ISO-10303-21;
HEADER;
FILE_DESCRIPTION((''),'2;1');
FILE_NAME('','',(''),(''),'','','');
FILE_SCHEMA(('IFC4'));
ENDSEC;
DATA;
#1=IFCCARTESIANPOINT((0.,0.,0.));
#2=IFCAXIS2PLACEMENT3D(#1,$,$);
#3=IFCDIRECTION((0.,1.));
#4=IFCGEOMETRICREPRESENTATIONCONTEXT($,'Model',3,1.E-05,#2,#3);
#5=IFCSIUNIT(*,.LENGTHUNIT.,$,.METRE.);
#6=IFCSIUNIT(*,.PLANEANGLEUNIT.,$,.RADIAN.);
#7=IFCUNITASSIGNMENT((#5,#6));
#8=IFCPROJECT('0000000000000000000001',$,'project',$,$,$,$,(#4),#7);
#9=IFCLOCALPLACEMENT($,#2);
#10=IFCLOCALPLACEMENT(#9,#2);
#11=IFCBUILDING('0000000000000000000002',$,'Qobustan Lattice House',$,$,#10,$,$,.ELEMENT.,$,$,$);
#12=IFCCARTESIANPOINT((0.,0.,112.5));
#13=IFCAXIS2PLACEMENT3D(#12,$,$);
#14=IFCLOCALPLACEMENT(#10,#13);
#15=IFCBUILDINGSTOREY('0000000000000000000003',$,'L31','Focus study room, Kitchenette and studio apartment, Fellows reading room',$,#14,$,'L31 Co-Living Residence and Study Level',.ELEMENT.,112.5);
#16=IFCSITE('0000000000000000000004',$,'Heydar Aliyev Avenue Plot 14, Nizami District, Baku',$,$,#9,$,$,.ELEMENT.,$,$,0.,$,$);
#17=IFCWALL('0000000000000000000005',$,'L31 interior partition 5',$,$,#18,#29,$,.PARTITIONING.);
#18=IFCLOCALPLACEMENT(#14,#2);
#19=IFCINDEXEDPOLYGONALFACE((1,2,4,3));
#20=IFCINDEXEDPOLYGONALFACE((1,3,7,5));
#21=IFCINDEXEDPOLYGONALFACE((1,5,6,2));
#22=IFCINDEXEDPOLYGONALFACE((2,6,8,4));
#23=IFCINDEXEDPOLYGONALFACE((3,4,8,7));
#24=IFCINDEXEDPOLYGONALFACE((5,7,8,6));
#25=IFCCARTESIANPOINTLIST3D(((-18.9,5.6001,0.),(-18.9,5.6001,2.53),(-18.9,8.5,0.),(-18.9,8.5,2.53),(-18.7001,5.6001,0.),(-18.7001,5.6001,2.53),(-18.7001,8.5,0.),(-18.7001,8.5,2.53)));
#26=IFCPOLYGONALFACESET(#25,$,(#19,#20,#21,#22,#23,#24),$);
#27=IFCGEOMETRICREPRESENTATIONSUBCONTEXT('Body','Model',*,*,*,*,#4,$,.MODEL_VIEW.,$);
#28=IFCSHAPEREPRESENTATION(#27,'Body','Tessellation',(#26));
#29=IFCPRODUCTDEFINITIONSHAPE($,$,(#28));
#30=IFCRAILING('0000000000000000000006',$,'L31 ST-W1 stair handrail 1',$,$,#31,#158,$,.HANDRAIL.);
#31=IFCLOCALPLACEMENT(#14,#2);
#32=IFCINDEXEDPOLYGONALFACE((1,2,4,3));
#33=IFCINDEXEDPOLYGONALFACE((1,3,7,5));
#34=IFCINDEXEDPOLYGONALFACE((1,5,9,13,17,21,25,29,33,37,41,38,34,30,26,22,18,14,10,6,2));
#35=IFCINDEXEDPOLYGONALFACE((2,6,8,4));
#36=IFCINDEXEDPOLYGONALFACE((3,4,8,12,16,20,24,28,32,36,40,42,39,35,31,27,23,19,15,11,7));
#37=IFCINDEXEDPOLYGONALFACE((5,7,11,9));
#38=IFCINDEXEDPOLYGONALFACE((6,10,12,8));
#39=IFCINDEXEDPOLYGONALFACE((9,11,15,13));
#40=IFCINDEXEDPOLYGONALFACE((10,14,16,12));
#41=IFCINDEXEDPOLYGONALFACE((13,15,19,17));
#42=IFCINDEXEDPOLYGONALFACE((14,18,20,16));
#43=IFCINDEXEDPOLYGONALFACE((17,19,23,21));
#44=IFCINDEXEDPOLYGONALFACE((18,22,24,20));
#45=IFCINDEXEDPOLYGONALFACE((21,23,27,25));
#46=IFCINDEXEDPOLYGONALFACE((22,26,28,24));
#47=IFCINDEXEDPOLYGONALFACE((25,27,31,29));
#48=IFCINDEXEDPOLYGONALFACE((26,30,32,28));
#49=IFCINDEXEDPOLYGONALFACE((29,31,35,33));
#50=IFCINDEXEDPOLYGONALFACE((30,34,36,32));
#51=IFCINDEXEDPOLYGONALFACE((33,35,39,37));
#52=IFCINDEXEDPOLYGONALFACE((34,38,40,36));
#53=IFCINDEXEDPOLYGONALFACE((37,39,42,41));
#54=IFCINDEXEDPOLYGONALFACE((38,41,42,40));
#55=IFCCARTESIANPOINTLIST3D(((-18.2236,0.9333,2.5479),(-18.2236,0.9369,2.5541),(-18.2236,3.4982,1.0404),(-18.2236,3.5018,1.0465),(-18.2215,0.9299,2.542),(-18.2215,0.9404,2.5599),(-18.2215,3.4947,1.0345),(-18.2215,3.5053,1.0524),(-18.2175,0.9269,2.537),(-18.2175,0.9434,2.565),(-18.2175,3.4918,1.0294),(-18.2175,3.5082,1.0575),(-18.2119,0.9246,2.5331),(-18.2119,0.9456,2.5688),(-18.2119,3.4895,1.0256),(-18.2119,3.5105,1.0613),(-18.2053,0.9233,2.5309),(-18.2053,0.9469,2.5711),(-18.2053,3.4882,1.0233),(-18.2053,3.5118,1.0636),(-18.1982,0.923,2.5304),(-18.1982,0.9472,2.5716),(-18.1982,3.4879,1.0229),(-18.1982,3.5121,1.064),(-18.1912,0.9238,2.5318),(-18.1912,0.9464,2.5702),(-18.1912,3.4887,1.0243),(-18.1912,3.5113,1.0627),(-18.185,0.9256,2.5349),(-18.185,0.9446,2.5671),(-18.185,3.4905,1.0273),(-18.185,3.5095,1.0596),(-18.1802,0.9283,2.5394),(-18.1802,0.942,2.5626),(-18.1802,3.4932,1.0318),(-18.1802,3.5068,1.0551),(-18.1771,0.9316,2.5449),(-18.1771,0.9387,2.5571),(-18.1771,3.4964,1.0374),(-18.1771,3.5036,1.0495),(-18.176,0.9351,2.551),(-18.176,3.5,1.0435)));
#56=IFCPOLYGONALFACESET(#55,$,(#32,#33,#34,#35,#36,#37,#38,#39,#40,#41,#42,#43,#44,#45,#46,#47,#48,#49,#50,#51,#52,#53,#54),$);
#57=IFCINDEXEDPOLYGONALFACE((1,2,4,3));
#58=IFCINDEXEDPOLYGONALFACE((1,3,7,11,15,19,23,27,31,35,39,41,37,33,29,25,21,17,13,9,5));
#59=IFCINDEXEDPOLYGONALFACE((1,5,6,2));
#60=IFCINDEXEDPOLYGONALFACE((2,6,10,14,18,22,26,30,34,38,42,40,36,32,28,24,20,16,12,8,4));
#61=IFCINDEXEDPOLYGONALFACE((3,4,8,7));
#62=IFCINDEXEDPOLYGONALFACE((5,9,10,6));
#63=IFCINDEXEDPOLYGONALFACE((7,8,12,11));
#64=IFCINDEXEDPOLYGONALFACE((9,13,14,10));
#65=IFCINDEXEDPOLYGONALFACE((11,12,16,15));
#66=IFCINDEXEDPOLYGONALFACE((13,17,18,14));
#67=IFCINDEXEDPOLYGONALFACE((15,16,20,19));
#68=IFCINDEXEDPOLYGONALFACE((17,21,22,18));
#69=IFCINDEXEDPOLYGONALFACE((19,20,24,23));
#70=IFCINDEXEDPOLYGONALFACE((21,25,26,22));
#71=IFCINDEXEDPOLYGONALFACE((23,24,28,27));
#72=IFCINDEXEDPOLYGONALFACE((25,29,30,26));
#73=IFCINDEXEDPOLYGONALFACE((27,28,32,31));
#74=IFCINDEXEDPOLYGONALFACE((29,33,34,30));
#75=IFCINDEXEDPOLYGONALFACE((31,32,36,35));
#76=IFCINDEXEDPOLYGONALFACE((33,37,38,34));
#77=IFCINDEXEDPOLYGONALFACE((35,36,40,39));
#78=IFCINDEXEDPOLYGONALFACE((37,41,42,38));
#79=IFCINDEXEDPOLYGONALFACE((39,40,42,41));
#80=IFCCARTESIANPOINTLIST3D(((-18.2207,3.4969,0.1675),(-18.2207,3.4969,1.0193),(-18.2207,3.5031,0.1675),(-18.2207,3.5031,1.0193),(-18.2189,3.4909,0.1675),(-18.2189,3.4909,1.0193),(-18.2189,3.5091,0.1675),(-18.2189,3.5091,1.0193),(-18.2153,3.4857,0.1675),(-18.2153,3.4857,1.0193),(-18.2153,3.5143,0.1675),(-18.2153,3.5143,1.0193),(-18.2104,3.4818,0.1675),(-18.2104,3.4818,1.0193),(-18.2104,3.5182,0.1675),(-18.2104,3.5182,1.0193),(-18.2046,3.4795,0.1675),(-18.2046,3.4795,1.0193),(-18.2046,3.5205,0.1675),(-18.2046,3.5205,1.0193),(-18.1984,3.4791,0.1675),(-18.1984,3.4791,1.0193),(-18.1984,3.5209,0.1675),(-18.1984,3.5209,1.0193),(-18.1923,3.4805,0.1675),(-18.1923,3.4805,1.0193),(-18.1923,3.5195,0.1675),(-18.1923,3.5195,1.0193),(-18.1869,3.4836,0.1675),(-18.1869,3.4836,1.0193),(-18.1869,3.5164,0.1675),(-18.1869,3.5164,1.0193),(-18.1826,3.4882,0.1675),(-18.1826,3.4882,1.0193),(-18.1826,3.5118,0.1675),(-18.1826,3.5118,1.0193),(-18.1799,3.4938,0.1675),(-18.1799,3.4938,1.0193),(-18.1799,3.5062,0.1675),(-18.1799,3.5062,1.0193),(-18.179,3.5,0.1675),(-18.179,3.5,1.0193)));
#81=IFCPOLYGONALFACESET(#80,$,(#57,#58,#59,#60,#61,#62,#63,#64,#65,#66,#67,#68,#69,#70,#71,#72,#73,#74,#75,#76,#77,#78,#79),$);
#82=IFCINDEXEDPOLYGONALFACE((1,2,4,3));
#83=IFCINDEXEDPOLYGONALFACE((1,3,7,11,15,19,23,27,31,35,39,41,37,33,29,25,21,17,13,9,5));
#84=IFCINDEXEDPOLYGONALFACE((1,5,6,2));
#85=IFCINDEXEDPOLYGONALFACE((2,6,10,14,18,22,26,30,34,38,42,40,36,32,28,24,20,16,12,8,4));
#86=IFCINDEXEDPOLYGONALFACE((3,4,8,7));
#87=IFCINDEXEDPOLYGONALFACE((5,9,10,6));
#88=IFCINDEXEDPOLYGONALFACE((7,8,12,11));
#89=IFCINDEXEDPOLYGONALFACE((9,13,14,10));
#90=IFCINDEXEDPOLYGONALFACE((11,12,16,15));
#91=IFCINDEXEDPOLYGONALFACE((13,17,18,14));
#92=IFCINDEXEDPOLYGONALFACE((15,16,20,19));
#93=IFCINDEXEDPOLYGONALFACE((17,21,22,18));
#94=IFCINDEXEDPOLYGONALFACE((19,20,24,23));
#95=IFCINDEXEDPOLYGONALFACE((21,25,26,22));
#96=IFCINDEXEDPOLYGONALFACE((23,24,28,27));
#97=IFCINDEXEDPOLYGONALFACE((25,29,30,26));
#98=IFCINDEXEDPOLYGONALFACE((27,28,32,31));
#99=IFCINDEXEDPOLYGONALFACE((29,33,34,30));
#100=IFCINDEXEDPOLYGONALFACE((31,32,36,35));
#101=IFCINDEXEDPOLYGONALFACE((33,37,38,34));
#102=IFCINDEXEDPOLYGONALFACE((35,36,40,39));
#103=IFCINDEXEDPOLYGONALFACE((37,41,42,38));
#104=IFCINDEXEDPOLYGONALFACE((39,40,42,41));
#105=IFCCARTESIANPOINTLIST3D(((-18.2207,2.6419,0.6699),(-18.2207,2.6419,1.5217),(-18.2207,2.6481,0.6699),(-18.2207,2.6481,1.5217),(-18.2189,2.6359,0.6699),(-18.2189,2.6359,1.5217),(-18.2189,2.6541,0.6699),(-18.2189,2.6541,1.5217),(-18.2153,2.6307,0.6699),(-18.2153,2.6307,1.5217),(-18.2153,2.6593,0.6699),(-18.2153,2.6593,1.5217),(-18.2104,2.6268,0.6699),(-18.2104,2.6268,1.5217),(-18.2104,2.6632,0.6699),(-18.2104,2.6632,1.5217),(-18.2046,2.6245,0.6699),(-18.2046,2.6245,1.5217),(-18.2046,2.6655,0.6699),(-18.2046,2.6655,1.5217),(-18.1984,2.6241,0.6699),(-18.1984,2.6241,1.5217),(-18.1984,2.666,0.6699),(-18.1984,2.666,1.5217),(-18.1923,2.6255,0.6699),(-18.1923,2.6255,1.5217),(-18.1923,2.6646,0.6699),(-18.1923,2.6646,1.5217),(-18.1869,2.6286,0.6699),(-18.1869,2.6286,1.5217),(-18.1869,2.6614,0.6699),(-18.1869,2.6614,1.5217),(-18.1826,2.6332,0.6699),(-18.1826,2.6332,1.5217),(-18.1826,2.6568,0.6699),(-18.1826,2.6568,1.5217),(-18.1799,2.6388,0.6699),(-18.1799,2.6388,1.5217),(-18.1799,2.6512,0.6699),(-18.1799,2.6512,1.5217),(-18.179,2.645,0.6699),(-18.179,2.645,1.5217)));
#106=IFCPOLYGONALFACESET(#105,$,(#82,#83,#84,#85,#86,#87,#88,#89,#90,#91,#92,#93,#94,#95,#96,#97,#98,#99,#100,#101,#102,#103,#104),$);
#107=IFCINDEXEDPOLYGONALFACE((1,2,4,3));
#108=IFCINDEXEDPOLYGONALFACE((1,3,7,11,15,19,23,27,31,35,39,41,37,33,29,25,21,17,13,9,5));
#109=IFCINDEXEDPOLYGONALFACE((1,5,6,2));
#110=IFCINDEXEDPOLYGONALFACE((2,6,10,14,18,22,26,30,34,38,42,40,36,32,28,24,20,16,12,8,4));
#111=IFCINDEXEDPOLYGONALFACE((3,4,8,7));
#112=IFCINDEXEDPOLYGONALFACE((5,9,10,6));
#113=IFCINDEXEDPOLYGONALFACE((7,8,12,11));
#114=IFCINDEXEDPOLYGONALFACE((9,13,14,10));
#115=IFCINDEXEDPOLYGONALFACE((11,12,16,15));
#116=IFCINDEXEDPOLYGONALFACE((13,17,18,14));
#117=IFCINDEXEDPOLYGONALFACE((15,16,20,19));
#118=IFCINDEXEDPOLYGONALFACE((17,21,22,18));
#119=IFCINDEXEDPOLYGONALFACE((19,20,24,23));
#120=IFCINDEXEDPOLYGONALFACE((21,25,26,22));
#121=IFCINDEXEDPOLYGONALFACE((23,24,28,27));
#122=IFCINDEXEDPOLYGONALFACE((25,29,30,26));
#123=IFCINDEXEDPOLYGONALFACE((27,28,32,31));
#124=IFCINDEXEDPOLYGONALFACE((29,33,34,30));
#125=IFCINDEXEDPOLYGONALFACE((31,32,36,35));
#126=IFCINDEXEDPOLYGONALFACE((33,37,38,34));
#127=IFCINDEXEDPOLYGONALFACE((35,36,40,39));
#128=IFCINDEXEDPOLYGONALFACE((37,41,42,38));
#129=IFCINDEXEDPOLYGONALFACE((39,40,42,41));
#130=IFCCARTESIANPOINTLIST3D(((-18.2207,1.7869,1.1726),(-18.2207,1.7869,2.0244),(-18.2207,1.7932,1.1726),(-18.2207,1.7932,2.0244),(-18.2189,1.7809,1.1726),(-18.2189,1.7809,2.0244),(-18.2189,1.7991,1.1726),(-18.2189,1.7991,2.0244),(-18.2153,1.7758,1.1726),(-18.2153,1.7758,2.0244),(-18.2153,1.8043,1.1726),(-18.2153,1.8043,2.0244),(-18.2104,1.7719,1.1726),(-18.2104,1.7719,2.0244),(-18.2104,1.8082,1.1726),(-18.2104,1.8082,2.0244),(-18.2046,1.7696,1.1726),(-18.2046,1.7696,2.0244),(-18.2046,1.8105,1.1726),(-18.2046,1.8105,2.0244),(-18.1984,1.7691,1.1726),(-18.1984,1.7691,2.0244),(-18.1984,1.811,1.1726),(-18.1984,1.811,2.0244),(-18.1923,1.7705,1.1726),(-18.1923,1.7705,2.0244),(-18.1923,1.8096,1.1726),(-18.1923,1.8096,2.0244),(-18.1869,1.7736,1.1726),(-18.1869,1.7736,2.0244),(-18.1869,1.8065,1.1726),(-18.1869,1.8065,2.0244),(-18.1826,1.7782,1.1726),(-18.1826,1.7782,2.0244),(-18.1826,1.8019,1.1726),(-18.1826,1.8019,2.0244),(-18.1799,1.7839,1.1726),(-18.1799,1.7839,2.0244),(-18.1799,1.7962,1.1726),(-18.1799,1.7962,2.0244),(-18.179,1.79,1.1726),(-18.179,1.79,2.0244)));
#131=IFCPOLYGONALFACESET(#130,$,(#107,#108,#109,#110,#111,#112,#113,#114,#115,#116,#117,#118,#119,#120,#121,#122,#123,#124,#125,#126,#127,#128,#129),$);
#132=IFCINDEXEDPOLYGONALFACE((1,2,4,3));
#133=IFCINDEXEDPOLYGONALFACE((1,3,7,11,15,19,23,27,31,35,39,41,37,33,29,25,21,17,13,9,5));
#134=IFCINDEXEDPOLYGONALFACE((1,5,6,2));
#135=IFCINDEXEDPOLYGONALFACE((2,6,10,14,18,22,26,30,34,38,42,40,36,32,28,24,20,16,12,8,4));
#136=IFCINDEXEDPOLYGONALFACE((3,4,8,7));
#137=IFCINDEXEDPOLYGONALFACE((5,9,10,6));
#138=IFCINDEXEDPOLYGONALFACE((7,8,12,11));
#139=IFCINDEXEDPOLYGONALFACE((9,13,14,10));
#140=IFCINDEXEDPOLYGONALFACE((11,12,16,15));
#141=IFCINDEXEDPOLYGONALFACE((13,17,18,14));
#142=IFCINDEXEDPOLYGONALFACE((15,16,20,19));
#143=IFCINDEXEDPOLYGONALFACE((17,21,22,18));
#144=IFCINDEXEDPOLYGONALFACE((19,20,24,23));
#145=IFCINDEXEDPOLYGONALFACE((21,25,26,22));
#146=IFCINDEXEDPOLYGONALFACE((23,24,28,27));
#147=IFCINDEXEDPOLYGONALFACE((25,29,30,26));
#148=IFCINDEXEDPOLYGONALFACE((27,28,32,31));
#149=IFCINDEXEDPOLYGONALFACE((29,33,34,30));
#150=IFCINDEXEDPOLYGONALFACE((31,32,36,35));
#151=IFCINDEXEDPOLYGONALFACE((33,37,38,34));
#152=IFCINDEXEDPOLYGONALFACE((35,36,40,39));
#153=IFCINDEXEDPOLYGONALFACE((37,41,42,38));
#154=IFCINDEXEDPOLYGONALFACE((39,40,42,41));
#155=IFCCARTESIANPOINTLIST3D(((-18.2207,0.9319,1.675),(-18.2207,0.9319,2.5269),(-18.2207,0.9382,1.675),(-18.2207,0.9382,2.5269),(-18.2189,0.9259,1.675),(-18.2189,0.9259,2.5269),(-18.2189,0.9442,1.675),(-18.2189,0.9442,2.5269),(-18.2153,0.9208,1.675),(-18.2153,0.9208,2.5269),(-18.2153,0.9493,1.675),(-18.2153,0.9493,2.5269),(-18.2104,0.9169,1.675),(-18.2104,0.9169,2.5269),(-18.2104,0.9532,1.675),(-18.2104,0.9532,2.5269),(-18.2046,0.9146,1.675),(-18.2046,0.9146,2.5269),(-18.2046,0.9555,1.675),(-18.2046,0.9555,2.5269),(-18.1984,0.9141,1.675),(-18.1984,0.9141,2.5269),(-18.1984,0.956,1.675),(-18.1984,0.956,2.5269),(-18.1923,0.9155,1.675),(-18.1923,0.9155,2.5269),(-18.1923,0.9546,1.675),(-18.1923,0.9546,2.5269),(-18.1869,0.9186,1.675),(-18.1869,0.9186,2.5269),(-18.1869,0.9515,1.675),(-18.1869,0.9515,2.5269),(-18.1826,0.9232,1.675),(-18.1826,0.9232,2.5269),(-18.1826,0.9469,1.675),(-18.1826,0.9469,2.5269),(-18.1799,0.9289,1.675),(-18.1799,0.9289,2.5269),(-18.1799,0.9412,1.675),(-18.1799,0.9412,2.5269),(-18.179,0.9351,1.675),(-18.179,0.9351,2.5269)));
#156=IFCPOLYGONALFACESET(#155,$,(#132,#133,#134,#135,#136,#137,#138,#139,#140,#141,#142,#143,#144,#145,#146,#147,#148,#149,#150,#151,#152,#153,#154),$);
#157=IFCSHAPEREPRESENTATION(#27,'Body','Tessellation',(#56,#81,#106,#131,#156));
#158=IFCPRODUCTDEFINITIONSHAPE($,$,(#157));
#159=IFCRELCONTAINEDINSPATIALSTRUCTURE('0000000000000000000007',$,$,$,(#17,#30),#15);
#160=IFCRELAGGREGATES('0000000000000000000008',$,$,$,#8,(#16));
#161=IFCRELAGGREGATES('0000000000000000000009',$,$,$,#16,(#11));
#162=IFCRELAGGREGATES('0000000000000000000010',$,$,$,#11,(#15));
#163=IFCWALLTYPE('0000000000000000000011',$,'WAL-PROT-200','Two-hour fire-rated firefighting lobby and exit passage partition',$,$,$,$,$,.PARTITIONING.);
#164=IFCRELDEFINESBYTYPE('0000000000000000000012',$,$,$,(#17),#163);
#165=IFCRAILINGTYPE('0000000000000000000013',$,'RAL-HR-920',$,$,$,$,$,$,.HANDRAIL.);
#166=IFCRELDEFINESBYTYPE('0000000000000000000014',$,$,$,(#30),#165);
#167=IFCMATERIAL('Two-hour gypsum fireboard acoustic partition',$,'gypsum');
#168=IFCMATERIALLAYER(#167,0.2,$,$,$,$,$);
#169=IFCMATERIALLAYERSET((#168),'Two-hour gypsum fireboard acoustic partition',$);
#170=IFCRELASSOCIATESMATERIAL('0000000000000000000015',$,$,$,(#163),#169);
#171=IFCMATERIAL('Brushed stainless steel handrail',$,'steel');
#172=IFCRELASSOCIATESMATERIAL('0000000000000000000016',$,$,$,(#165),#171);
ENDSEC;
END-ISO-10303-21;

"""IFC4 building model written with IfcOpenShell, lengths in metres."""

from ifc_helpers import new_model, si_unit, direction, frame, frame_2d, origin, origin_2d, place, context, subcontext, project, spatial, rectangle, circle, extrude, material, layer, layer_set, type_object, element, save


model = new_model("IFC4")

# Units and contexts
model_context = context("Model", 3, precision=1e-05, world=origin(), true_north=direction((0.0, 1.0)))
body_context = subcontext(model_context, "Body", "Model", "MODEL_VIEW")
ifc_project = project(units=[si_unit("LENGTHUNIT", "METRE"), si_unit("PLANEANGLEUNIT", "RADIAN")], contexts=[model_context])

# Site, building, storey
site_placement = place(None, origin())
site = spatial("IfcSite", under=ifc_project, at=site_placement, Name="Heydar Aliyev Avenue Plot 14, Nizami District, Baku", CompositionType="ELEMENT", RefElevation=0.0)
building_placement = place(site_placement, origin())
building = spatial("IfcBuilding", under=site, at=building_placement, Name="Qobustan Lattice House", CompositionType="ELEMENT")
storey_placement = place(building_placement, frame((0.0, 0.0, 112.5)))
storey = spatial("IfcBuildingStorey", under=building, at=storey_placement, Name="L31", Description="Focus study room, Kitchenette and studio apartment, Fellows reading room", LongName="L31 Co-Living Residence and Study Level", CompositionType="ELEMENT", Elevation=112.5)

# Wall
ifc_material_1 = material(Name="Two-hour gypsum fireboard acoustic partition", Category="gypsum")
ifc_layer_1 = layer(ifc_material_1, 0.2)
ifc_layer_set_1 = layer_set([ifc_layer_1], Name="Two-hour gypsum fireboard acoustic partition")
wall_type_1 = type_object("IfcWallType", Name="WAL-PROT-200", Description="Two-hour fire-rated firefighting lobby and exit passage partition", PredefinedType="PARTITIONING", material=ifc_layer_set_1)
wall_1_placement = place(storey_placement, frame((-18.8, 8.5, 0.0), z_axis=(0.0, 0.0, 1.0), x_axis=(0.0, -1.0, 0.0)))
element("IfcWall", 1, at=wall_1_placement, inside=storey, type_object=wall_type_1, Name="L31 interior partition 5", PredefinedType="PARTITIONING", context=body_context, shape_type="SweptSolid", body=[
    extrude(rectangle(XDim=2.8999, YDim=0.2, at=frame_2d((1.45, 0.0))), origin(), (0.0, 0.0, 1.0), 2.53),
])

# Railing
ifc_material_2 = material(Name="Brushed stainless steel handrail", Category="steel")
railing_type = type_object("IfcRailingType", Name="RAL-HR-920", PredefinedType="HANDRAIL", material=ifc_material_2)
railing_placement = place(storey_placement, frame((-18.2, 3.5, 0.1675)))
element("IfcRailing", 2, at=railing_placement, inside=storey, type_object=railing_type, Name="L31 ST-W1 stair handrail 1", PredefinedType="HANDRAIL", context=body_context, shape_type="SweptSolid", body=[
    extrude(circle(Radius=0.0239, at=origin_2d()), frame((0.0, 0.0, 0.876), z_axis=(0.0, -0.862113, 0.506715), x_axis=(1.0, 0.0, 0.0)), (0.0, 0.0, 1.0), 2.9751),
    extrude(circle(Radius=0.021, at=origin_2d()), origin(), (0.0, 0.0, 1.0), 0.8518),
    extrude(circle(Radius=0.021, at=origin_2d()), frame((0.0, -0.855, 0.5024)), (0.0, 0.0, 1.0), 0.8518),
    extrude(circle(Radius=0.021, at=origin_2d()), frame((0.0, -1.71, 1.0051)), (0.0, 0.0, 1.0), 0.8518),
    extrude(circle(Radius=0.021, at=origin_2d()), frame((0.0, -2.5649, 1.5076)), (0.0, 0.0, 1.0), 0.8518),
])

save(model, "model.ifc")
